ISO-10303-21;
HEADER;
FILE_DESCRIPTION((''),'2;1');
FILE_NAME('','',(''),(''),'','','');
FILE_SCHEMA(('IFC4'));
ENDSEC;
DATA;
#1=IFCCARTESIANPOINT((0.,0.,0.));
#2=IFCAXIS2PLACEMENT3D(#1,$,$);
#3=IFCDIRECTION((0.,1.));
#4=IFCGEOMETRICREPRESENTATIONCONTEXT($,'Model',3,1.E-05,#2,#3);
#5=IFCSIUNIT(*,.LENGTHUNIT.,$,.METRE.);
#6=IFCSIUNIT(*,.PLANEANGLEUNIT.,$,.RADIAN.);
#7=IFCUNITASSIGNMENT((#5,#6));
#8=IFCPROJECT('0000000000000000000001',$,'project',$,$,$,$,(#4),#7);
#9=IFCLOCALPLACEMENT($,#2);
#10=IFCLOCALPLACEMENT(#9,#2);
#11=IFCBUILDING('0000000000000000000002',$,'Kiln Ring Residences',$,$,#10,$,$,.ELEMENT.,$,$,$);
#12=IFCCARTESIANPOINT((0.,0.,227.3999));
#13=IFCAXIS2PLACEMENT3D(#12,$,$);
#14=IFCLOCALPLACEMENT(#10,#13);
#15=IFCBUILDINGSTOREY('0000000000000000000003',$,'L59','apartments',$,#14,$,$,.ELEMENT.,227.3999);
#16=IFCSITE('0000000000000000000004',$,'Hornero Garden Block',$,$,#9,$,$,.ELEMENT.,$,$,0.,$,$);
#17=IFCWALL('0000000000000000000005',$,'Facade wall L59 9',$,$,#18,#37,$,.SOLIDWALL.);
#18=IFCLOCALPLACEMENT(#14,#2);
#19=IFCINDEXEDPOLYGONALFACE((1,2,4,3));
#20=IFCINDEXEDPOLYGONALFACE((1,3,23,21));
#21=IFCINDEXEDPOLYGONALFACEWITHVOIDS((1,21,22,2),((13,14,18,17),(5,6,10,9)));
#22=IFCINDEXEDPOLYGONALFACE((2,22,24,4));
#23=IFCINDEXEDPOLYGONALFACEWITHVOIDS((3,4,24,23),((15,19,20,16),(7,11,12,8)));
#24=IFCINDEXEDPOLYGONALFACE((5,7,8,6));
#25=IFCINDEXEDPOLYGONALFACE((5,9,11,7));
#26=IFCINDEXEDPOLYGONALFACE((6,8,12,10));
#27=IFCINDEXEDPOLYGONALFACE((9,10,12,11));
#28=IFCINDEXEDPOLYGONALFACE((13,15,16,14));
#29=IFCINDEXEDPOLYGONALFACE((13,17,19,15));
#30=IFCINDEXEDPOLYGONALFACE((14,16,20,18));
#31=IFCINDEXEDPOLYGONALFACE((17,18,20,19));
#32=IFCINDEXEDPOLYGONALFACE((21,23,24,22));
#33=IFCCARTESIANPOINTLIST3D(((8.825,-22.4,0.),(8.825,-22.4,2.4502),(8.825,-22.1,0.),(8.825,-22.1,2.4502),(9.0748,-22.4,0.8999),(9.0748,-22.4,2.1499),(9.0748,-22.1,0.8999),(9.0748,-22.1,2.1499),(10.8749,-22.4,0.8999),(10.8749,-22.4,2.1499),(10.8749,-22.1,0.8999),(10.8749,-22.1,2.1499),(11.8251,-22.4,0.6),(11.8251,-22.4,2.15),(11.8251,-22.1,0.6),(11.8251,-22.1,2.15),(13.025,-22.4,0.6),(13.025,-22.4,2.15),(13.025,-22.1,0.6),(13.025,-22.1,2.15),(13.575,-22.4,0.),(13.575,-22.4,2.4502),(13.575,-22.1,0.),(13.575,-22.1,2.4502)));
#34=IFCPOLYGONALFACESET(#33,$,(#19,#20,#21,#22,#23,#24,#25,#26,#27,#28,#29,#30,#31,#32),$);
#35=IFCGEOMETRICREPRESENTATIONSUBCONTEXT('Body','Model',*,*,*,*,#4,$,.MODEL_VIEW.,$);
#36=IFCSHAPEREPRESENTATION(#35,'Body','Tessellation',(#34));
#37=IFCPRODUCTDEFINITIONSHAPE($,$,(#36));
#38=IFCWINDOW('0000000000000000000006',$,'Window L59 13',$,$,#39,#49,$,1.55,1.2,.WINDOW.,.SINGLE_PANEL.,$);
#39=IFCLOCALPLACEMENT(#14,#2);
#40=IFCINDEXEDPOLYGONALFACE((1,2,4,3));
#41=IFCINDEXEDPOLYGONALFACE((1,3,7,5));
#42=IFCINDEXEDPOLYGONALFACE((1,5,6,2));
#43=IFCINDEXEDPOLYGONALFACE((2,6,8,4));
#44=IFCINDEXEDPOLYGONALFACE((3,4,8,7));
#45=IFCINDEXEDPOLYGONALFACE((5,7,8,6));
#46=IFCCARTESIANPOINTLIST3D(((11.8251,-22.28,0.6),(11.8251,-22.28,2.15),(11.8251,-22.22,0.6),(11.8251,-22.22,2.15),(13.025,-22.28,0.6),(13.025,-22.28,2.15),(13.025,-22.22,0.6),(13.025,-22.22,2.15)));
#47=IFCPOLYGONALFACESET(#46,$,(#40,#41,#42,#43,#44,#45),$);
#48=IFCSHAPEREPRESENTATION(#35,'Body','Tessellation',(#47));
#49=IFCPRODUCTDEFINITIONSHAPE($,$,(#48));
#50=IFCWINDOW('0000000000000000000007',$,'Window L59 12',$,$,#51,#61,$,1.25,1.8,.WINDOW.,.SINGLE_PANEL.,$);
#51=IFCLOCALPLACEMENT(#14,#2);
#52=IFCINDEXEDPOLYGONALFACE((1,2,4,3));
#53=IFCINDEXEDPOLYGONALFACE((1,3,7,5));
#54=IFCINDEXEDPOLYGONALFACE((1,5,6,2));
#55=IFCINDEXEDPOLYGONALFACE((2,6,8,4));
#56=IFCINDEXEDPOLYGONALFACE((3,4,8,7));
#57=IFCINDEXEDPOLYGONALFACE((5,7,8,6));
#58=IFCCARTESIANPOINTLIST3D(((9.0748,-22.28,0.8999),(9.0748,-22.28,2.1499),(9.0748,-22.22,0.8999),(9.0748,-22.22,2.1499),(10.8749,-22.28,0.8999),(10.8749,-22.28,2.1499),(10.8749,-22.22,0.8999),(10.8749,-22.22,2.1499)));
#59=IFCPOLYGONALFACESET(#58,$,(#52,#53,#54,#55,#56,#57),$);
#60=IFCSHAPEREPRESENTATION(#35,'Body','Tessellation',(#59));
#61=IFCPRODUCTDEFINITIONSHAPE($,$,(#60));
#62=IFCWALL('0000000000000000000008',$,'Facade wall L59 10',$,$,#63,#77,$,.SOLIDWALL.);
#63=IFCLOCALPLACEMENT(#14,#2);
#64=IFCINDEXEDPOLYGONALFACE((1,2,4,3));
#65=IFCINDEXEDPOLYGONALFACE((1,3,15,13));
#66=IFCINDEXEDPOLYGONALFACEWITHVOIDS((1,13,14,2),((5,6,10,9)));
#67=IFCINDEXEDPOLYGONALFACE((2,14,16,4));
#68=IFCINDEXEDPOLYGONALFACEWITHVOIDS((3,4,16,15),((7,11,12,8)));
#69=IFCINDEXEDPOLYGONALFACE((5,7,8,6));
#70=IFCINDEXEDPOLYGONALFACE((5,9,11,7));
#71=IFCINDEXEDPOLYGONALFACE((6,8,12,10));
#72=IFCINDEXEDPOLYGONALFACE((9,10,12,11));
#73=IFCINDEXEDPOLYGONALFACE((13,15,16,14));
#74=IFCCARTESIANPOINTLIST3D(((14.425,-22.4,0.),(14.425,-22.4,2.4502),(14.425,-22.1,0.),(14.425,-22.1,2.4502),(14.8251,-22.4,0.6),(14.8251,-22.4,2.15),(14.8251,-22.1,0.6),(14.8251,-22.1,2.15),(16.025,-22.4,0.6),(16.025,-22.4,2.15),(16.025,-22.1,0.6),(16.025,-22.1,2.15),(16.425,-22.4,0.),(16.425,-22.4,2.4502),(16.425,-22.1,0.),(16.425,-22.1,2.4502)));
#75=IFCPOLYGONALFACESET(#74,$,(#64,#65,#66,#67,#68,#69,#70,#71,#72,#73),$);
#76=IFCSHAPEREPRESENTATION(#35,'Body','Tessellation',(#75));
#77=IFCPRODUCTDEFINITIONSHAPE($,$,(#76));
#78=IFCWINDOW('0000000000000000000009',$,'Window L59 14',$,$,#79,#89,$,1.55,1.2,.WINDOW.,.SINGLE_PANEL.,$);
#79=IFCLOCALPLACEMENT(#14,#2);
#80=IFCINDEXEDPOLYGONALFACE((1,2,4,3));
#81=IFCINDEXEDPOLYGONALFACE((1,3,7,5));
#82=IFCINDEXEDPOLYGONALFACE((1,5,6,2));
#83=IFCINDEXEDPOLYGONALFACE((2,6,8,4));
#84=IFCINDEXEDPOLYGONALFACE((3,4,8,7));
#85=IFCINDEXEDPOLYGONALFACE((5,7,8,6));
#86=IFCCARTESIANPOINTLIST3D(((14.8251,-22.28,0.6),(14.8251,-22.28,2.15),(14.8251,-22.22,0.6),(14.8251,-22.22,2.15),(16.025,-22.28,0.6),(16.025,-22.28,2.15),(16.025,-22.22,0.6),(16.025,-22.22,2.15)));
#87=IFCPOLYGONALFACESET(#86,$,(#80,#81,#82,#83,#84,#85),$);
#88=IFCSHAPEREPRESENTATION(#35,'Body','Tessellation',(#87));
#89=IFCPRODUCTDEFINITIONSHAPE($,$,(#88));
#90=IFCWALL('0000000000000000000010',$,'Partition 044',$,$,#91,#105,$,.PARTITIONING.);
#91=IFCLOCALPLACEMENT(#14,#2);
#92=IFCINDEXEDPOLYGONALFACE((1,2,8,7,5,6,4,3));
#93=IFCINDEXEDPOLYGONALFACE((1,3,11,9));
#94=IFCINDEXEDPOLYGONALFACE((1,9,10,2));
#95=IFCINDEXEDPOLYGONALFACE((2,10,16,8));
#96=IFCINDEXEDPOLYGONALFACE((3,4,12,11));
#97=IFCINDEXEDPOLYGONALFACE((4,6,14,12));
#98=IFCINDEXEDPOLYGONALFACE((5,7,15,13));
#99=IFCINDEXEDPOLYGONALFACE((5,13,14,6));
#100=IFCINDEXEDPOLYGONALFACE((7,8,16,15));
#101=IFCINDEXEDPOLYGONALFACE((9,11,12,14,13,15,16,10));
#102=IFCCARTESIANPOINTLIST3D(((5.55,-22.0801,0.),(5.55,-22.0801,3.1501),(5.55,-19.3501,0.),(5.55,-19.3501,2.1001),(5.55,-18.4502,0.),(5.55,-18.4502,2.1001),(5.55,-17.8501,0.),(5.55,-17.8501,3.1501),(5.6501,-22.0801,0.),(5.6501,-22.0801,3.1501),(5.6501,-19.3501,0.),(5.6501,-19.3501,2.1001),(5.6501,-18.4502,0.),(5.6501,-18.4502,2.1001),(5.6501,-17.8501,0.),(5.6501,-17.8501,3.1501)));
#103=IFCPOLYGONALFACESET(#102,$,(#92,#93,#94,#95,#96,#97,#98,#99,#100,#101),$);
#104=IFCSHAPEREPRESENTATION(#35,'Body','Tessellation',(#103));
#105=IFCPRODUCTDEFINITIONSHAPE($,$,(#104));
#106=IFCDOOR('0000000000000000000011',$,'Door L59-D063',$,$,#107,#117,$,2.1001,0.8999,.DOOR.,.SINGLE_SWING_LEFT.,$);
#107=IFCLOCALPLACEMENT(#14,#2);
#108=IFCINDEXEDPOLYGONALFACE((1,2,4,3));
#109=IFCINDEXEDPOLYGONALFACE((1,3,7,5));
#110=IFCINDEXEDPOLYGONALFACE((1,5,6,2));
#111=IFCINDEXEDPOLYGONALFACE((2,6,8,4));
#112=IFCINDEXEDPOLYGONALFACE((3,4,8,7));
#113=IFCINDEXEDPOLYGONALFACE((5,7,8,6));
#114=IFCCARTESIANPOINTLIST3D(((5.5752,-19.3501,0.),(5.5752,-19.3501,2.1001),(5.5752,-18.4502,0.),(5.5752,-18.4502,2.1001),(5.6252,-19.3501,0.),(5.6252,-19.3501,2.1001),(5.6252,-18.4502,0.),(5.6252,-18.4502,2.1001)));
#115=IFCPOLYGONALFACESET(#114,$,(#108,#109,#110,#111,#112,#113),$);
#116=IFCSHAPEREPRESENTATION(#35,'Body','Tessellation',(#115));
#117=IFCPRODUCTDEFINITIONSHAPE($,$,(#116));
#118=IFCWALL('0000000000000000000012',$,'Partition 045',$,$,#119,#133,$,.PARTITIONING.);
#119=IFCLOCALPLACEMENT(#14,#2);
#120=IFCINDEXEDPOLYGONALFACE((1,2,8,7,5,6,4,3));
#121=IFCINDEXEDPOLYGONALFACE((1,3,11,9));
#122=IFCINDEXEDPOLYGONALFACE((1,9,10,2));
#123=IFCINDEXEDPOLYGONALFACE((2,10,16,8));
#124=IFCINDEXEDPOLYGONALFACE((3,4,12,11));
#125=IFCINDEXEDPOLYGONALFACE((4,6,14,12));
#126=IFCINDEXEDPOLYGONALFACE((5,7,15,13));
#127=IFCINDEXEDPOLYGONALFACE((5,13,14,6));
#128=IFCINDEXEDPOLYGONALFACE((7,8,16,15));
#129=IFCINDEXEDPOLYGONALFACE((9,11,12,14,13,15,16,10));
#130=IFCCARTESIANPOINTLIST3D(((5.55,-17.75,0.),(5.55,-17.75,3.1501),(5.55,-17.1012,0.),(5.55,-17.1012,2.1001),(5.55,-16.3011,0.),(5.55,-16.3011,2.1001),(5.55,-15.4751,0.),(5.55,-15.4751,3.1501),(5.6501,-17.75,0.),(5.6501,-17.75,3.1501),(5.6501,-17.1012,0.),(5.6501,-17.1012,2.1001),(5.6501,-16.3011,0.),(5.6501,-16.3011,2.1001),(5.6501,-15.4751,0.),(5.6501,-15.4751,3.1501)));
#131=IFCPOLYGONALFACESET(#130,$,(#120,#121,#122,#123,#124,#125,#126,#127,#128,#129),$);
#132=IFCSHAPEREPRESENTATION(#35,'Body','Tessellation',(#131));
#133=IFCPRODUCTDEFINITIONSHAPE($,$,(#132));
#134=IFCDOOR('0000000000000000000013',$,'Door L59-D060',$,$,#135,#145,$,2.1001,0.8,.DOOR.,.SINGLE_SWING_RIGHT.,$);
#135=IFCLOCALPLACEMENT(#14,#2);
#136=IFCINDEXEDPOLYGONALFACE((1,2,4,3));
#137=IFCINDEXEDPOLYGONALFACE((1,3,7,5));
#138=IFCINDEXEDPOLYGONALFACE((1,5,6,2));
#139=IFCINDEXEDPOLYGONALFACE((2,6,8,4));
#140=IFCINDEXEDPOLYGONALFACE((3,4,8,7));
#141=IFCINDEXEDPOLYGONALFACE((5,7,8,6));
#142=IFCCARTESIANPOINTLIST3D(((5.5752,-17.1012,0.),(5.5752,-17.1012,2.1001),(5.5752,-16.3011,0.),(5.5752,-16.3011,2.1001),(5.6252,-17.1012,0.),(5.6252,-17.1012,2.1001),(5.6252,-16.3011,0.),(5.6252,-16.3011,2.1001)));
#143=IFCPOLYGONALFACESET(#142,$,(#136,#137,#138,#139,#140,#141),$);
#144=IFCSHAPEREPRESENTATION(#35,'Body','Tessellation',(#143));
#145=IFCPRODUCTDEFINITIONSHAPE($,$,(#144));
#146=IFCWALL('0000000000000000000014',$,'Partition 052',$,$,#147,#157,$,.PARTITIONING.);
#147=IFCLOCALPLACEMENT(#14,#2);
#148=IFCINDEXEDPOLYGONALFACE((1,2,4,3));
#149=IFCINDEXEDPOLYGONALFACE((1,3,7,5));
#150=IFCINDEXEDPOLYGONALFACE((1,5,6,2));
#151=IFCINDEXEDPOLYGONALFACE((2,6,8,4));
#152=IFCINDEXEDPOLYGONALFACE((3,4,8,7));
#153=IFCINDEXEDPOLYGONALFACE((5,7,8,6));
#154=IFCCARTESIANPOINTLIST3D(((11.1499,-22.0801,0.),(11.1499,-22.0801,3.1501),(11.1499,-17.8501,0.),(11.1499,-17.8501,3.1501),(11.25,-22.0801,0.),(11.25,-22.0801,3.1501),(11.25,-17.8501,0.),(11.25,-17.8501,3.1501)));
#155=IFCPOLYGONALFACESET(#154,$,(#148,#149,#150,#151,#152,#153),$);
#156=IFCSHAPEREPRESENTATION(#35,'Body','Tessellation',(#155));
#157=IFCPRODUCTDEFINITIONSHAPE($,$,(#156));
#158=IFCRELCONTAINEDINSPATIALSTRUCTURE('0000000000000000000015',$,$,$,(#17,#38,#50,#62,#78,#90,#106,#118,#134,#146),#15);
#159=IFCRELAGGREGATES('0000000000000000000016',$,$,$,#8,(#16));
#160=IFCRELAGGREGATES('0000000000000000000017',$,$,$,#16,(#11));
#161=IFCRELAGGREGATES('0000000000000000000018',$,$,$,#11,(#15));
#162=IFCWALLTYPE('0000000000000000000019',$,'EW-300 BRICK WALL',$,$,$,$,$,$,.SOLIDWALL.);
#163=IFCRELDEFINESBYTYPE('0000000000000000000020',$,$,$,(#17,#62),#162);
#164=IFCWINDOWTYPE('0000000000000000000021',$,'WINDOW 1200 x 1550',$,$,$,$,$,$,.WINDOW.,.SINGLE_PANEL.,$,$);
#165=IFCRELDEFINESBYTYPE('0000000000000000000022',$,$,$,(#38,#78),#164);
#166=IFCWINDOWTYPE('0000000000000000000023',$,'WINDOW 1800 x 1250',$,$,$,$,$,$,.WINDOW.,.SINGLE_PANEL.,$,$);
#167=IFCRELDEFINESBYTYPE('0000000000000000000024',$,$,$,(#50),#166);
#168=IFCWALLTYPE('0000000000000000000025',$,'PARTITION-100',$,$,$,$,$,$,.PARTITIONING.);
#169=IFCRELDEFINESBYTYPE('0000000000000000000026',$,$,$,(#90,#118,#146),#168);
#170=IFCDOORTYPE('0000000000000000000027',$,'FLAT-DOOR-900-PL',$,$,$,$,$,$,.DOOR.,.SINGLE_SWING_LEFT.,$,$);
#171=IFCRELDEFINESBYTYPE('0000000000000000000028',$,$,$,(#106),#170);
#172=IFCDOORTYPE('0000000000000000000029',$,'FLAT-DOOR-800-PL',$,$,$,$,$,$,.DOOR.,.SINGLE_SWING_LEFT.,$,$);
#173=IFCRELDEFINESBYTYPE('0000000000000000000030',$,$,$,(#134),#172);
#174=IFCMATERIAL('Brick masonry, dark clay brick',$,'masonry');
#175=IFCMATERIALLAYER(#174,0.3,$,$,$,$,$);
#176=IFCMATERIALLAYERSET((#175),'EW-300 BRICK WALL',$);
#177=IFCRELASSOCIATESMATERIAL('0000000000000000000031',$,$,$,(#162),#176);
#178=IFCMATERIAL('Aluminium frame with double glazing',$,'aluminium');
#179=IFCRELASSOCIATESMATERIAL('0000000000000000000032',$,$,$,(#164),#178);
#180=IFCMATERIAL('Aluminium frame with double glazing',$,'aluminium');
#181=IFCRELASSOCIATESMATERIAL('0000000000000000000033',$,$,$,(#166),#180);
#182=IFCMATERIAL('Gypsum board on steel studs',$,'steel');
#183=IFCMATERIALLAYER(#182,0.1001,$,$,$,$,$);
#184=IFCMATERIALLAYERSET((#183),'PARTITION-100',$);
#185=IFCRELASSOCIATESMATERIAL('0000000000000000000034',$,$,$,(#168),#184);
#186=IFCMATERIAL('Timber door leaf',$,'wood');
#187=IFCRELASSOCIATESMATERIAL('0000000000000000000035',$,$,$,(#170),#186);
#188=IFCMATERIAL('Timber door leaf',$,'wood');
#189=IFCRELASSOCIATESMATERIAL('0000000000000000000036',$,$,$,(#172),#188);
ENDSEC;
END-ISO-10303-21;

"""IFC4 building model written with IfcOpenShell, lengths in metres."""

from ifc_helpers import new_model, si_unit, direction, frame, frame_2d, origin, place, context, subcontext, project, spatial, rectangle, extrude, material, layer, layer_set, type_object, element, fill, save


model = new_model("IFC4")

# Units and contexts
model_context = context("Model", 3, precision=1e-05, world=origin(), true_north=direction((0.0, 1.0)))
body_context = subcontext(model_context, "Body", "Model", "MODEL_VIEW")
ifc_project = project(units=[si_unit("LENGTHUNIT", "METRE"), si_unit("PLANEANGLEUNIT", "RADIAN")], contexts=[model_context])

# Site, building, storey
site_placement = place(None, origin())
site = spatial("IfcSite", under=ifc_project, at=site_placement, Name="Hornero Garden Block", CompositionType="ELEMENT", RefElevation=0.0)
building_placement = place(site_placement, origin())
building = spatial("IfcBuilding", under=site, at=building_placement, Name="Kiln Ring Residences", CompositionType="ELEMENT")
storey_placement = place(building_placement, frame((0.0, 0.0, 227.3999)))
storey = spatial("IfcBuildingStorey", under=building, at=storey_placement, Name="L59", Description="apartments", CompositionType="ELEMENT", Elevation=227.3999)

# Wall, openings, windows
ifc_material_1 = material(Name="Brick masonry, dark clay brick", Category="masonry")
ifc_layer_1 = layer(ifc_material_1, 0.3)
ifc_layer_set_1 = layer_set([ifc_layer_1], Name="EW-300 BRICK WALL")
wall_type_1 = type_object("IfcWallType", Name="EW-300 BRICK WALL", PredefinedType="SOLIDWALL", material=ifc_layer_set_1)
ifc_material_2 = material(Name="Aluminium frame with double glazing", Category="aluminium")
window_type_1 = type_object("IfcWindowType", Name="WINDOW 1200 x 1550", PartitioningType="SINGLE_PANEL", PredefinedType="WINDOW", material=ifc_material_2)
wall_1_placement = place(storey_placement, frame((8.825, -22.25, 0.0), z_axis=(0.0, 0.0, 1.0), x_axis=(1.0, 0.0, 0.0)))
wall_1 = element("IfcWall", 1, at=wall_1_placement, inside=storey, type_object=wall_type_1, Name="Facade wall L59 9", PredefinedType="SOLIDWALL", context=body_context, shape_type="SweptSolid", body=[
    extrude(rectangle(XDim=4.75, YDim=0.3, at=frame_2d((2.375, 0.0))), origin(), (0.0, 0.0, 1.0), 2.4502),
])
opening_1_placement = place(wall_1_placement, frame((0.25, 0.0, 0.8999)))
opening_1 = element("IfcOpeningElement", 2, at=opening_1_placement, cuts=wall_1, PredefinedType="OPENING", context=body_context, shape_type="SweptSolid", body=[
    extrude(rectangle(XDim=1.8, YDim=1.25, at=frame_2d((0.8999, 0.625))), frame((0.0, 0.1599, 0.0), z_axis=(0.0, -1.0, 0.0), x_axis=(1.0, 0.0, 0.0)), (0.0, 0.0, 1.0), 0.3201),
])
opening_2_placement = place(wall_1_placement, frame((3.0, 0.0, 0.6001)))
opening_2 = element("IfcOpeningElement", 3, at=opening_2_placement, cuts=wall_1, PredefinedType="OPENING", context=body_context, shape_type="SweptSolid", body=[
    extrude(rectangle(XDim=1.2, YDim=1.55, at=frame_2d((0.6001, 0.7749))), frame((0.0, 0.1599, 0.0), z_axis=(0.0, -1.0, 0.0), x_axis=(1.0, 0.0, 0.0)), (0.0, 0.0, 1.0), 0.3201),
])
window_1_placement = place(opening_2_placement, origin())
window_1 = element("IfcWindow", 4, at=window_1_placement, inside=storey, type_object=window_type_1, Name="Window L59 13", OverallHeight=1.55, OverallWidth=1.2, PartitioningType="SINGLE_PANEL", PredefinedType="WINDOW", context=body_context, shape_type="SweptSolid", body=[
    extrude(rectangle(XDim=1.2, YDim=1.55, at=frame_2d((0.6001, 0.7749))), frame((0.0, 0.03, 0.0), z_axis=(0.0, -1.0, 0.0), x_axis=(1.0, 0.0, 0.0)), (0.0, 0.0, 1.0), 0.0601),
])
fill(opening_2, window_1)
ifc_material_3 = material(Name="Aluminium frame with double glazing", Category="aluminium")
window_type_2 = type_object("IfcWindowType", Name="WINDOW 1800 x 1250", PartitioningType="SINGLE_PANEL", PredefinedType="WINDOW", material=ifc_material_3)
window_2_placement = place(opening_1_placement, origin())
window_2 = element("IfcWindow", 5, at=window_2_placement, inside=storey, type_object=window_type_2, Name="Window L59 12", OverallHeight=1.25, OverallWidth=1.8, PartitioningType="SINGLE_PANEL", PredefinedType="WINDOW", context=body_context, shape_type="SweptSolid", body=[
    extrude(rectangle(XDim=1.8, YDim=1.25, at=frame_2d((0.8999, 0.625))), frame((0.0, 0.03, 0.0), z_axis=(0.0, -1.0, 0.0), x_axis=(1.0, 0.0, 0.0)), (0.0, 0.0, 1.0), 0.0601),
])
fill(opening_1, window_2)

# Wall, opening, window
wall_2_placement = place(storey_placement, frame((14.425, -22.25, 0.0), z_axis=(0.0, 0.0, 1.0), x_axis=(1.0, 0.0, 0.0)))
wall_2 = element("IfcWall", 6, at=wall_2_placement, inside=storey, type_object=wall_type_1, Name="Facade wall L59 10", PredefinedType="SOLIDWALL", context=body_context, shape_type="SweptSolid", body=[
    extrude(rectangle(XDim=2.0, YDim=0.3, at=frame_2d((1.0, 0.0))), origin(), (0.0, 0.0, 1.0), 2.4502),
])
opening_3_placement = place(wall_2_placement, frame((0.3999, 0.0, 0.6001)))
opening_3 = element("IfcOpeningElement", 7, at=opening_3_placement, cuts=wall_2, PredefinedType="OPENING", context=body_context, shape_type="SweptSolid", body=[
    extrude(rectangle(XDim=1.2, YDim=1.55, at=frame_2d((0.6001, 0.7749))), frame((0.0, 0.1599, 0.0), z_axis=(0.0, -1.0, 0.0), x_axis=(1.0, 0.0, 0.0)), (0.0, 0.0, 1.0), 0.3201),
])
window_3_placement = place(opening_3_placement, origin())
window_3 = element("IfcWindow", 8, at=window_3_placement, inside=storey, type_object=window_type_1, Name="Window L59 14", OverallHeight=1.55, OverallWidth=1.2, PartitioningType="SINGLE_PANEL", PredefinedType="WINDOW", context=body_context, shape_type="SweptSolid", body=[
    extrude(rectangle(XDim=1.2, YDim=1.55, at=frame_2d((0.6001, 0.7749))), frame((0.0, 0.03, 0.0), z_axis=(0.0, -1.0, 0.0), x_axis=(1.0, 0.0, 0.0)), (0.0, 0.0, 1.0), 0.0601),
])
fill(opening_3, window_3)

# Walls, openings, doors
ifc_material_4 = material(Name="Gypsum board on steel studs", Category="steel")
ifc_layer_2 = layer(ifc_material_4, 0.1001)
ifc_layer_set_2 = layer_set([ifc_layer_2], Name="PARTITION-100")
wall_type_2 = type_object("IfcWallType", Name="PARTITION-100", PredefinedType="PARTITIONING", material=ifc_layer_set_2)
wall_3_placement = place(storey_placement, frame((5.6001, -22.0801, 0.0), z_axis=(0.0, 0.0, 1.0), x_axis=(0.0, 1.0, 0.0)))
wall_3 = element("IfcWall", 9, at=wall_3_placement, inside=storey, type_object=wall_type_2, Name="Partition 044", PredefinedType="PARTITIONING", context=body_context, shape_type="SweptSolid", body=[
    extrude(rectangle(XDim=4.23, YDim=0.1001, at=frame_2d((2.115, 0.0))), origin(), (0.0, 0.0, 1.0), 3.1501),
])
opening_4_placement = place(wall_3_placement, frame((2.73, 0.0, 0.0)))
opening_4 = element("IfcOpeningElement", 10, at=opening_4_placement, cuts=wall_3, PredefinedType="OPENING", context=body_context, shape_type="SweptSolid", body=[
    extrude(rectangle(XDim=0.8999, YDim=2.1001, at=frame_2d((0.45, 1.05))), frame((0.0, 0.0601, 0.0), z_axis=(0.0, -1.0, 0.0), x_axis=(1.0, 0.0, 0.0)), (0.0, 0.0, 1.0), 0.1201),
])
ifc_material_5 = material(Name="Timber door leaf", Category="wood")
door_type_1 = type_object("IfcDoorType", Name="FLAT-DOOR-900-PL", OperationType="SINGLE_SWING_LEFT", PredefinedType="DOOR", material=ifc_material_5)
door_1_placement = place(opening_4_placement, origin())
door_1 = element("IfcDoor", 11, at=door_1_placement, inside=storey, type_object=door_type_1, Name="Door L59-D063", OperationType="SINGLE_SWING_LEFT", OverallHeight=2.1001, OverallWidth=0.8999, PredefinedType="DOOR", context=body_context, shape_type="SweptSolid", body=[
    extrude(rectangle(XDim=0.8999, YDim=2.1001, at=frame_2d((0.45, 1.05))), frame((0.0, 0.0249, 0.0), z_axis=(0.0, -1.0, 0.0), x_axis=(1.0, 0.0, 0.0)), (0.0, 0.0, 1.0), 0.05),
])
fill(opening_4, door_1)
wall_4_placement = place(storey_placement, frame((5.6001, -17.75, 0.0), z_axis=(0.0, 0.0, 1.0), x_axis=(0.0, 1.0, 0.0)))
wall_4 = element("IfcWall", 12, at=wall_4_placement, inside=storey, type_object=wall_type_2, Name="Partition 045", PredefinedType="PARTITIONING", context=body_context, shape_type="SweptSolid", body=[
    extrude(rectangle(XDim=2.2749, YDim=0.1001, at=frame_2d((1.1375, 0.0))), origin(), (0.0, 0.0, 1.0), 3.1501),
])
opening_5_placement = place(wall_4_placement, frame((0.6489, 0.0, 0.0)))
opening_5 = element("IfcOpeningElement", 13, at=opening_5_placement, cuts=wall_4, PredefinedType="OPENING", context=body_context, shape_type="SweptSolid", body=[
    extrude(rectangle(XDim=0.8, YDim=2.1001, at=frame_2d((0.3999, 1.05))), frame((0.0, 0.0601, 0.0), z_axis=(0.0, -1.0, 0.0), x_axis=(1.0, 0.0, 0.0)), (0.0, 0.0, 1.0), 0.1201),
])
ifc_material_6 = material(Name="Timber door leaf", Category="wood")
door_type_2 = type_object("IfcDoorType", Name="FLAT-DOOR-800-PL", OperationType="SINGLE_SWING_LEFT", PredefinedType="DOOR", material=ifc_material_6)
door_2_placement = place(opening_5_placement, origin())
door_2 = element("IfcDoor", 14, at=door_2_placement, inside=storey, type_object=door_type_2, Name="Door L59-D060", OperationType="SINGLE_SWING_RIGHT", OverallHeight=2.1001, OverallWidth=0.8, PredefinedType="DOOR", context=body_context, shape_type="SweptSolid", body=[
    extrude(rectangle(XDim=0.8, YDim=2.1001, at=frame_2d((0.3999, 1.05))), frame((0.0, 0.0249, 0.0), z_axis=(0.0, -1.0, 0.0), x_axis=(1.0, 0.0, 0.0)), (0.0, 0.0, 1.0), 0.05),
])
fill(opening_5, door_2)

# Wall
wall_5_placement = place(storey_placement, frame((11.2, -22.0801, 0.0), z_axis=(0.0, 0.0, 1.0), x_axis=(0.0, 1.0, 0.0)))
element("IfcWall", 15, at=wall_5_placement, inside=storey, type_object=wall_type_2, Name="Partition 052", PredefinedType="PARTITIONING", context=body_context, shape_type="SweptSolid", body=[
    extrude(rectangle(XDim=4.23, YDim=0.1001, at=frame_2d((2.115, 0.0))), origin(), (0.0, 0.0, 1.0), 3.1501),
])

save(model, "model.ifc")
